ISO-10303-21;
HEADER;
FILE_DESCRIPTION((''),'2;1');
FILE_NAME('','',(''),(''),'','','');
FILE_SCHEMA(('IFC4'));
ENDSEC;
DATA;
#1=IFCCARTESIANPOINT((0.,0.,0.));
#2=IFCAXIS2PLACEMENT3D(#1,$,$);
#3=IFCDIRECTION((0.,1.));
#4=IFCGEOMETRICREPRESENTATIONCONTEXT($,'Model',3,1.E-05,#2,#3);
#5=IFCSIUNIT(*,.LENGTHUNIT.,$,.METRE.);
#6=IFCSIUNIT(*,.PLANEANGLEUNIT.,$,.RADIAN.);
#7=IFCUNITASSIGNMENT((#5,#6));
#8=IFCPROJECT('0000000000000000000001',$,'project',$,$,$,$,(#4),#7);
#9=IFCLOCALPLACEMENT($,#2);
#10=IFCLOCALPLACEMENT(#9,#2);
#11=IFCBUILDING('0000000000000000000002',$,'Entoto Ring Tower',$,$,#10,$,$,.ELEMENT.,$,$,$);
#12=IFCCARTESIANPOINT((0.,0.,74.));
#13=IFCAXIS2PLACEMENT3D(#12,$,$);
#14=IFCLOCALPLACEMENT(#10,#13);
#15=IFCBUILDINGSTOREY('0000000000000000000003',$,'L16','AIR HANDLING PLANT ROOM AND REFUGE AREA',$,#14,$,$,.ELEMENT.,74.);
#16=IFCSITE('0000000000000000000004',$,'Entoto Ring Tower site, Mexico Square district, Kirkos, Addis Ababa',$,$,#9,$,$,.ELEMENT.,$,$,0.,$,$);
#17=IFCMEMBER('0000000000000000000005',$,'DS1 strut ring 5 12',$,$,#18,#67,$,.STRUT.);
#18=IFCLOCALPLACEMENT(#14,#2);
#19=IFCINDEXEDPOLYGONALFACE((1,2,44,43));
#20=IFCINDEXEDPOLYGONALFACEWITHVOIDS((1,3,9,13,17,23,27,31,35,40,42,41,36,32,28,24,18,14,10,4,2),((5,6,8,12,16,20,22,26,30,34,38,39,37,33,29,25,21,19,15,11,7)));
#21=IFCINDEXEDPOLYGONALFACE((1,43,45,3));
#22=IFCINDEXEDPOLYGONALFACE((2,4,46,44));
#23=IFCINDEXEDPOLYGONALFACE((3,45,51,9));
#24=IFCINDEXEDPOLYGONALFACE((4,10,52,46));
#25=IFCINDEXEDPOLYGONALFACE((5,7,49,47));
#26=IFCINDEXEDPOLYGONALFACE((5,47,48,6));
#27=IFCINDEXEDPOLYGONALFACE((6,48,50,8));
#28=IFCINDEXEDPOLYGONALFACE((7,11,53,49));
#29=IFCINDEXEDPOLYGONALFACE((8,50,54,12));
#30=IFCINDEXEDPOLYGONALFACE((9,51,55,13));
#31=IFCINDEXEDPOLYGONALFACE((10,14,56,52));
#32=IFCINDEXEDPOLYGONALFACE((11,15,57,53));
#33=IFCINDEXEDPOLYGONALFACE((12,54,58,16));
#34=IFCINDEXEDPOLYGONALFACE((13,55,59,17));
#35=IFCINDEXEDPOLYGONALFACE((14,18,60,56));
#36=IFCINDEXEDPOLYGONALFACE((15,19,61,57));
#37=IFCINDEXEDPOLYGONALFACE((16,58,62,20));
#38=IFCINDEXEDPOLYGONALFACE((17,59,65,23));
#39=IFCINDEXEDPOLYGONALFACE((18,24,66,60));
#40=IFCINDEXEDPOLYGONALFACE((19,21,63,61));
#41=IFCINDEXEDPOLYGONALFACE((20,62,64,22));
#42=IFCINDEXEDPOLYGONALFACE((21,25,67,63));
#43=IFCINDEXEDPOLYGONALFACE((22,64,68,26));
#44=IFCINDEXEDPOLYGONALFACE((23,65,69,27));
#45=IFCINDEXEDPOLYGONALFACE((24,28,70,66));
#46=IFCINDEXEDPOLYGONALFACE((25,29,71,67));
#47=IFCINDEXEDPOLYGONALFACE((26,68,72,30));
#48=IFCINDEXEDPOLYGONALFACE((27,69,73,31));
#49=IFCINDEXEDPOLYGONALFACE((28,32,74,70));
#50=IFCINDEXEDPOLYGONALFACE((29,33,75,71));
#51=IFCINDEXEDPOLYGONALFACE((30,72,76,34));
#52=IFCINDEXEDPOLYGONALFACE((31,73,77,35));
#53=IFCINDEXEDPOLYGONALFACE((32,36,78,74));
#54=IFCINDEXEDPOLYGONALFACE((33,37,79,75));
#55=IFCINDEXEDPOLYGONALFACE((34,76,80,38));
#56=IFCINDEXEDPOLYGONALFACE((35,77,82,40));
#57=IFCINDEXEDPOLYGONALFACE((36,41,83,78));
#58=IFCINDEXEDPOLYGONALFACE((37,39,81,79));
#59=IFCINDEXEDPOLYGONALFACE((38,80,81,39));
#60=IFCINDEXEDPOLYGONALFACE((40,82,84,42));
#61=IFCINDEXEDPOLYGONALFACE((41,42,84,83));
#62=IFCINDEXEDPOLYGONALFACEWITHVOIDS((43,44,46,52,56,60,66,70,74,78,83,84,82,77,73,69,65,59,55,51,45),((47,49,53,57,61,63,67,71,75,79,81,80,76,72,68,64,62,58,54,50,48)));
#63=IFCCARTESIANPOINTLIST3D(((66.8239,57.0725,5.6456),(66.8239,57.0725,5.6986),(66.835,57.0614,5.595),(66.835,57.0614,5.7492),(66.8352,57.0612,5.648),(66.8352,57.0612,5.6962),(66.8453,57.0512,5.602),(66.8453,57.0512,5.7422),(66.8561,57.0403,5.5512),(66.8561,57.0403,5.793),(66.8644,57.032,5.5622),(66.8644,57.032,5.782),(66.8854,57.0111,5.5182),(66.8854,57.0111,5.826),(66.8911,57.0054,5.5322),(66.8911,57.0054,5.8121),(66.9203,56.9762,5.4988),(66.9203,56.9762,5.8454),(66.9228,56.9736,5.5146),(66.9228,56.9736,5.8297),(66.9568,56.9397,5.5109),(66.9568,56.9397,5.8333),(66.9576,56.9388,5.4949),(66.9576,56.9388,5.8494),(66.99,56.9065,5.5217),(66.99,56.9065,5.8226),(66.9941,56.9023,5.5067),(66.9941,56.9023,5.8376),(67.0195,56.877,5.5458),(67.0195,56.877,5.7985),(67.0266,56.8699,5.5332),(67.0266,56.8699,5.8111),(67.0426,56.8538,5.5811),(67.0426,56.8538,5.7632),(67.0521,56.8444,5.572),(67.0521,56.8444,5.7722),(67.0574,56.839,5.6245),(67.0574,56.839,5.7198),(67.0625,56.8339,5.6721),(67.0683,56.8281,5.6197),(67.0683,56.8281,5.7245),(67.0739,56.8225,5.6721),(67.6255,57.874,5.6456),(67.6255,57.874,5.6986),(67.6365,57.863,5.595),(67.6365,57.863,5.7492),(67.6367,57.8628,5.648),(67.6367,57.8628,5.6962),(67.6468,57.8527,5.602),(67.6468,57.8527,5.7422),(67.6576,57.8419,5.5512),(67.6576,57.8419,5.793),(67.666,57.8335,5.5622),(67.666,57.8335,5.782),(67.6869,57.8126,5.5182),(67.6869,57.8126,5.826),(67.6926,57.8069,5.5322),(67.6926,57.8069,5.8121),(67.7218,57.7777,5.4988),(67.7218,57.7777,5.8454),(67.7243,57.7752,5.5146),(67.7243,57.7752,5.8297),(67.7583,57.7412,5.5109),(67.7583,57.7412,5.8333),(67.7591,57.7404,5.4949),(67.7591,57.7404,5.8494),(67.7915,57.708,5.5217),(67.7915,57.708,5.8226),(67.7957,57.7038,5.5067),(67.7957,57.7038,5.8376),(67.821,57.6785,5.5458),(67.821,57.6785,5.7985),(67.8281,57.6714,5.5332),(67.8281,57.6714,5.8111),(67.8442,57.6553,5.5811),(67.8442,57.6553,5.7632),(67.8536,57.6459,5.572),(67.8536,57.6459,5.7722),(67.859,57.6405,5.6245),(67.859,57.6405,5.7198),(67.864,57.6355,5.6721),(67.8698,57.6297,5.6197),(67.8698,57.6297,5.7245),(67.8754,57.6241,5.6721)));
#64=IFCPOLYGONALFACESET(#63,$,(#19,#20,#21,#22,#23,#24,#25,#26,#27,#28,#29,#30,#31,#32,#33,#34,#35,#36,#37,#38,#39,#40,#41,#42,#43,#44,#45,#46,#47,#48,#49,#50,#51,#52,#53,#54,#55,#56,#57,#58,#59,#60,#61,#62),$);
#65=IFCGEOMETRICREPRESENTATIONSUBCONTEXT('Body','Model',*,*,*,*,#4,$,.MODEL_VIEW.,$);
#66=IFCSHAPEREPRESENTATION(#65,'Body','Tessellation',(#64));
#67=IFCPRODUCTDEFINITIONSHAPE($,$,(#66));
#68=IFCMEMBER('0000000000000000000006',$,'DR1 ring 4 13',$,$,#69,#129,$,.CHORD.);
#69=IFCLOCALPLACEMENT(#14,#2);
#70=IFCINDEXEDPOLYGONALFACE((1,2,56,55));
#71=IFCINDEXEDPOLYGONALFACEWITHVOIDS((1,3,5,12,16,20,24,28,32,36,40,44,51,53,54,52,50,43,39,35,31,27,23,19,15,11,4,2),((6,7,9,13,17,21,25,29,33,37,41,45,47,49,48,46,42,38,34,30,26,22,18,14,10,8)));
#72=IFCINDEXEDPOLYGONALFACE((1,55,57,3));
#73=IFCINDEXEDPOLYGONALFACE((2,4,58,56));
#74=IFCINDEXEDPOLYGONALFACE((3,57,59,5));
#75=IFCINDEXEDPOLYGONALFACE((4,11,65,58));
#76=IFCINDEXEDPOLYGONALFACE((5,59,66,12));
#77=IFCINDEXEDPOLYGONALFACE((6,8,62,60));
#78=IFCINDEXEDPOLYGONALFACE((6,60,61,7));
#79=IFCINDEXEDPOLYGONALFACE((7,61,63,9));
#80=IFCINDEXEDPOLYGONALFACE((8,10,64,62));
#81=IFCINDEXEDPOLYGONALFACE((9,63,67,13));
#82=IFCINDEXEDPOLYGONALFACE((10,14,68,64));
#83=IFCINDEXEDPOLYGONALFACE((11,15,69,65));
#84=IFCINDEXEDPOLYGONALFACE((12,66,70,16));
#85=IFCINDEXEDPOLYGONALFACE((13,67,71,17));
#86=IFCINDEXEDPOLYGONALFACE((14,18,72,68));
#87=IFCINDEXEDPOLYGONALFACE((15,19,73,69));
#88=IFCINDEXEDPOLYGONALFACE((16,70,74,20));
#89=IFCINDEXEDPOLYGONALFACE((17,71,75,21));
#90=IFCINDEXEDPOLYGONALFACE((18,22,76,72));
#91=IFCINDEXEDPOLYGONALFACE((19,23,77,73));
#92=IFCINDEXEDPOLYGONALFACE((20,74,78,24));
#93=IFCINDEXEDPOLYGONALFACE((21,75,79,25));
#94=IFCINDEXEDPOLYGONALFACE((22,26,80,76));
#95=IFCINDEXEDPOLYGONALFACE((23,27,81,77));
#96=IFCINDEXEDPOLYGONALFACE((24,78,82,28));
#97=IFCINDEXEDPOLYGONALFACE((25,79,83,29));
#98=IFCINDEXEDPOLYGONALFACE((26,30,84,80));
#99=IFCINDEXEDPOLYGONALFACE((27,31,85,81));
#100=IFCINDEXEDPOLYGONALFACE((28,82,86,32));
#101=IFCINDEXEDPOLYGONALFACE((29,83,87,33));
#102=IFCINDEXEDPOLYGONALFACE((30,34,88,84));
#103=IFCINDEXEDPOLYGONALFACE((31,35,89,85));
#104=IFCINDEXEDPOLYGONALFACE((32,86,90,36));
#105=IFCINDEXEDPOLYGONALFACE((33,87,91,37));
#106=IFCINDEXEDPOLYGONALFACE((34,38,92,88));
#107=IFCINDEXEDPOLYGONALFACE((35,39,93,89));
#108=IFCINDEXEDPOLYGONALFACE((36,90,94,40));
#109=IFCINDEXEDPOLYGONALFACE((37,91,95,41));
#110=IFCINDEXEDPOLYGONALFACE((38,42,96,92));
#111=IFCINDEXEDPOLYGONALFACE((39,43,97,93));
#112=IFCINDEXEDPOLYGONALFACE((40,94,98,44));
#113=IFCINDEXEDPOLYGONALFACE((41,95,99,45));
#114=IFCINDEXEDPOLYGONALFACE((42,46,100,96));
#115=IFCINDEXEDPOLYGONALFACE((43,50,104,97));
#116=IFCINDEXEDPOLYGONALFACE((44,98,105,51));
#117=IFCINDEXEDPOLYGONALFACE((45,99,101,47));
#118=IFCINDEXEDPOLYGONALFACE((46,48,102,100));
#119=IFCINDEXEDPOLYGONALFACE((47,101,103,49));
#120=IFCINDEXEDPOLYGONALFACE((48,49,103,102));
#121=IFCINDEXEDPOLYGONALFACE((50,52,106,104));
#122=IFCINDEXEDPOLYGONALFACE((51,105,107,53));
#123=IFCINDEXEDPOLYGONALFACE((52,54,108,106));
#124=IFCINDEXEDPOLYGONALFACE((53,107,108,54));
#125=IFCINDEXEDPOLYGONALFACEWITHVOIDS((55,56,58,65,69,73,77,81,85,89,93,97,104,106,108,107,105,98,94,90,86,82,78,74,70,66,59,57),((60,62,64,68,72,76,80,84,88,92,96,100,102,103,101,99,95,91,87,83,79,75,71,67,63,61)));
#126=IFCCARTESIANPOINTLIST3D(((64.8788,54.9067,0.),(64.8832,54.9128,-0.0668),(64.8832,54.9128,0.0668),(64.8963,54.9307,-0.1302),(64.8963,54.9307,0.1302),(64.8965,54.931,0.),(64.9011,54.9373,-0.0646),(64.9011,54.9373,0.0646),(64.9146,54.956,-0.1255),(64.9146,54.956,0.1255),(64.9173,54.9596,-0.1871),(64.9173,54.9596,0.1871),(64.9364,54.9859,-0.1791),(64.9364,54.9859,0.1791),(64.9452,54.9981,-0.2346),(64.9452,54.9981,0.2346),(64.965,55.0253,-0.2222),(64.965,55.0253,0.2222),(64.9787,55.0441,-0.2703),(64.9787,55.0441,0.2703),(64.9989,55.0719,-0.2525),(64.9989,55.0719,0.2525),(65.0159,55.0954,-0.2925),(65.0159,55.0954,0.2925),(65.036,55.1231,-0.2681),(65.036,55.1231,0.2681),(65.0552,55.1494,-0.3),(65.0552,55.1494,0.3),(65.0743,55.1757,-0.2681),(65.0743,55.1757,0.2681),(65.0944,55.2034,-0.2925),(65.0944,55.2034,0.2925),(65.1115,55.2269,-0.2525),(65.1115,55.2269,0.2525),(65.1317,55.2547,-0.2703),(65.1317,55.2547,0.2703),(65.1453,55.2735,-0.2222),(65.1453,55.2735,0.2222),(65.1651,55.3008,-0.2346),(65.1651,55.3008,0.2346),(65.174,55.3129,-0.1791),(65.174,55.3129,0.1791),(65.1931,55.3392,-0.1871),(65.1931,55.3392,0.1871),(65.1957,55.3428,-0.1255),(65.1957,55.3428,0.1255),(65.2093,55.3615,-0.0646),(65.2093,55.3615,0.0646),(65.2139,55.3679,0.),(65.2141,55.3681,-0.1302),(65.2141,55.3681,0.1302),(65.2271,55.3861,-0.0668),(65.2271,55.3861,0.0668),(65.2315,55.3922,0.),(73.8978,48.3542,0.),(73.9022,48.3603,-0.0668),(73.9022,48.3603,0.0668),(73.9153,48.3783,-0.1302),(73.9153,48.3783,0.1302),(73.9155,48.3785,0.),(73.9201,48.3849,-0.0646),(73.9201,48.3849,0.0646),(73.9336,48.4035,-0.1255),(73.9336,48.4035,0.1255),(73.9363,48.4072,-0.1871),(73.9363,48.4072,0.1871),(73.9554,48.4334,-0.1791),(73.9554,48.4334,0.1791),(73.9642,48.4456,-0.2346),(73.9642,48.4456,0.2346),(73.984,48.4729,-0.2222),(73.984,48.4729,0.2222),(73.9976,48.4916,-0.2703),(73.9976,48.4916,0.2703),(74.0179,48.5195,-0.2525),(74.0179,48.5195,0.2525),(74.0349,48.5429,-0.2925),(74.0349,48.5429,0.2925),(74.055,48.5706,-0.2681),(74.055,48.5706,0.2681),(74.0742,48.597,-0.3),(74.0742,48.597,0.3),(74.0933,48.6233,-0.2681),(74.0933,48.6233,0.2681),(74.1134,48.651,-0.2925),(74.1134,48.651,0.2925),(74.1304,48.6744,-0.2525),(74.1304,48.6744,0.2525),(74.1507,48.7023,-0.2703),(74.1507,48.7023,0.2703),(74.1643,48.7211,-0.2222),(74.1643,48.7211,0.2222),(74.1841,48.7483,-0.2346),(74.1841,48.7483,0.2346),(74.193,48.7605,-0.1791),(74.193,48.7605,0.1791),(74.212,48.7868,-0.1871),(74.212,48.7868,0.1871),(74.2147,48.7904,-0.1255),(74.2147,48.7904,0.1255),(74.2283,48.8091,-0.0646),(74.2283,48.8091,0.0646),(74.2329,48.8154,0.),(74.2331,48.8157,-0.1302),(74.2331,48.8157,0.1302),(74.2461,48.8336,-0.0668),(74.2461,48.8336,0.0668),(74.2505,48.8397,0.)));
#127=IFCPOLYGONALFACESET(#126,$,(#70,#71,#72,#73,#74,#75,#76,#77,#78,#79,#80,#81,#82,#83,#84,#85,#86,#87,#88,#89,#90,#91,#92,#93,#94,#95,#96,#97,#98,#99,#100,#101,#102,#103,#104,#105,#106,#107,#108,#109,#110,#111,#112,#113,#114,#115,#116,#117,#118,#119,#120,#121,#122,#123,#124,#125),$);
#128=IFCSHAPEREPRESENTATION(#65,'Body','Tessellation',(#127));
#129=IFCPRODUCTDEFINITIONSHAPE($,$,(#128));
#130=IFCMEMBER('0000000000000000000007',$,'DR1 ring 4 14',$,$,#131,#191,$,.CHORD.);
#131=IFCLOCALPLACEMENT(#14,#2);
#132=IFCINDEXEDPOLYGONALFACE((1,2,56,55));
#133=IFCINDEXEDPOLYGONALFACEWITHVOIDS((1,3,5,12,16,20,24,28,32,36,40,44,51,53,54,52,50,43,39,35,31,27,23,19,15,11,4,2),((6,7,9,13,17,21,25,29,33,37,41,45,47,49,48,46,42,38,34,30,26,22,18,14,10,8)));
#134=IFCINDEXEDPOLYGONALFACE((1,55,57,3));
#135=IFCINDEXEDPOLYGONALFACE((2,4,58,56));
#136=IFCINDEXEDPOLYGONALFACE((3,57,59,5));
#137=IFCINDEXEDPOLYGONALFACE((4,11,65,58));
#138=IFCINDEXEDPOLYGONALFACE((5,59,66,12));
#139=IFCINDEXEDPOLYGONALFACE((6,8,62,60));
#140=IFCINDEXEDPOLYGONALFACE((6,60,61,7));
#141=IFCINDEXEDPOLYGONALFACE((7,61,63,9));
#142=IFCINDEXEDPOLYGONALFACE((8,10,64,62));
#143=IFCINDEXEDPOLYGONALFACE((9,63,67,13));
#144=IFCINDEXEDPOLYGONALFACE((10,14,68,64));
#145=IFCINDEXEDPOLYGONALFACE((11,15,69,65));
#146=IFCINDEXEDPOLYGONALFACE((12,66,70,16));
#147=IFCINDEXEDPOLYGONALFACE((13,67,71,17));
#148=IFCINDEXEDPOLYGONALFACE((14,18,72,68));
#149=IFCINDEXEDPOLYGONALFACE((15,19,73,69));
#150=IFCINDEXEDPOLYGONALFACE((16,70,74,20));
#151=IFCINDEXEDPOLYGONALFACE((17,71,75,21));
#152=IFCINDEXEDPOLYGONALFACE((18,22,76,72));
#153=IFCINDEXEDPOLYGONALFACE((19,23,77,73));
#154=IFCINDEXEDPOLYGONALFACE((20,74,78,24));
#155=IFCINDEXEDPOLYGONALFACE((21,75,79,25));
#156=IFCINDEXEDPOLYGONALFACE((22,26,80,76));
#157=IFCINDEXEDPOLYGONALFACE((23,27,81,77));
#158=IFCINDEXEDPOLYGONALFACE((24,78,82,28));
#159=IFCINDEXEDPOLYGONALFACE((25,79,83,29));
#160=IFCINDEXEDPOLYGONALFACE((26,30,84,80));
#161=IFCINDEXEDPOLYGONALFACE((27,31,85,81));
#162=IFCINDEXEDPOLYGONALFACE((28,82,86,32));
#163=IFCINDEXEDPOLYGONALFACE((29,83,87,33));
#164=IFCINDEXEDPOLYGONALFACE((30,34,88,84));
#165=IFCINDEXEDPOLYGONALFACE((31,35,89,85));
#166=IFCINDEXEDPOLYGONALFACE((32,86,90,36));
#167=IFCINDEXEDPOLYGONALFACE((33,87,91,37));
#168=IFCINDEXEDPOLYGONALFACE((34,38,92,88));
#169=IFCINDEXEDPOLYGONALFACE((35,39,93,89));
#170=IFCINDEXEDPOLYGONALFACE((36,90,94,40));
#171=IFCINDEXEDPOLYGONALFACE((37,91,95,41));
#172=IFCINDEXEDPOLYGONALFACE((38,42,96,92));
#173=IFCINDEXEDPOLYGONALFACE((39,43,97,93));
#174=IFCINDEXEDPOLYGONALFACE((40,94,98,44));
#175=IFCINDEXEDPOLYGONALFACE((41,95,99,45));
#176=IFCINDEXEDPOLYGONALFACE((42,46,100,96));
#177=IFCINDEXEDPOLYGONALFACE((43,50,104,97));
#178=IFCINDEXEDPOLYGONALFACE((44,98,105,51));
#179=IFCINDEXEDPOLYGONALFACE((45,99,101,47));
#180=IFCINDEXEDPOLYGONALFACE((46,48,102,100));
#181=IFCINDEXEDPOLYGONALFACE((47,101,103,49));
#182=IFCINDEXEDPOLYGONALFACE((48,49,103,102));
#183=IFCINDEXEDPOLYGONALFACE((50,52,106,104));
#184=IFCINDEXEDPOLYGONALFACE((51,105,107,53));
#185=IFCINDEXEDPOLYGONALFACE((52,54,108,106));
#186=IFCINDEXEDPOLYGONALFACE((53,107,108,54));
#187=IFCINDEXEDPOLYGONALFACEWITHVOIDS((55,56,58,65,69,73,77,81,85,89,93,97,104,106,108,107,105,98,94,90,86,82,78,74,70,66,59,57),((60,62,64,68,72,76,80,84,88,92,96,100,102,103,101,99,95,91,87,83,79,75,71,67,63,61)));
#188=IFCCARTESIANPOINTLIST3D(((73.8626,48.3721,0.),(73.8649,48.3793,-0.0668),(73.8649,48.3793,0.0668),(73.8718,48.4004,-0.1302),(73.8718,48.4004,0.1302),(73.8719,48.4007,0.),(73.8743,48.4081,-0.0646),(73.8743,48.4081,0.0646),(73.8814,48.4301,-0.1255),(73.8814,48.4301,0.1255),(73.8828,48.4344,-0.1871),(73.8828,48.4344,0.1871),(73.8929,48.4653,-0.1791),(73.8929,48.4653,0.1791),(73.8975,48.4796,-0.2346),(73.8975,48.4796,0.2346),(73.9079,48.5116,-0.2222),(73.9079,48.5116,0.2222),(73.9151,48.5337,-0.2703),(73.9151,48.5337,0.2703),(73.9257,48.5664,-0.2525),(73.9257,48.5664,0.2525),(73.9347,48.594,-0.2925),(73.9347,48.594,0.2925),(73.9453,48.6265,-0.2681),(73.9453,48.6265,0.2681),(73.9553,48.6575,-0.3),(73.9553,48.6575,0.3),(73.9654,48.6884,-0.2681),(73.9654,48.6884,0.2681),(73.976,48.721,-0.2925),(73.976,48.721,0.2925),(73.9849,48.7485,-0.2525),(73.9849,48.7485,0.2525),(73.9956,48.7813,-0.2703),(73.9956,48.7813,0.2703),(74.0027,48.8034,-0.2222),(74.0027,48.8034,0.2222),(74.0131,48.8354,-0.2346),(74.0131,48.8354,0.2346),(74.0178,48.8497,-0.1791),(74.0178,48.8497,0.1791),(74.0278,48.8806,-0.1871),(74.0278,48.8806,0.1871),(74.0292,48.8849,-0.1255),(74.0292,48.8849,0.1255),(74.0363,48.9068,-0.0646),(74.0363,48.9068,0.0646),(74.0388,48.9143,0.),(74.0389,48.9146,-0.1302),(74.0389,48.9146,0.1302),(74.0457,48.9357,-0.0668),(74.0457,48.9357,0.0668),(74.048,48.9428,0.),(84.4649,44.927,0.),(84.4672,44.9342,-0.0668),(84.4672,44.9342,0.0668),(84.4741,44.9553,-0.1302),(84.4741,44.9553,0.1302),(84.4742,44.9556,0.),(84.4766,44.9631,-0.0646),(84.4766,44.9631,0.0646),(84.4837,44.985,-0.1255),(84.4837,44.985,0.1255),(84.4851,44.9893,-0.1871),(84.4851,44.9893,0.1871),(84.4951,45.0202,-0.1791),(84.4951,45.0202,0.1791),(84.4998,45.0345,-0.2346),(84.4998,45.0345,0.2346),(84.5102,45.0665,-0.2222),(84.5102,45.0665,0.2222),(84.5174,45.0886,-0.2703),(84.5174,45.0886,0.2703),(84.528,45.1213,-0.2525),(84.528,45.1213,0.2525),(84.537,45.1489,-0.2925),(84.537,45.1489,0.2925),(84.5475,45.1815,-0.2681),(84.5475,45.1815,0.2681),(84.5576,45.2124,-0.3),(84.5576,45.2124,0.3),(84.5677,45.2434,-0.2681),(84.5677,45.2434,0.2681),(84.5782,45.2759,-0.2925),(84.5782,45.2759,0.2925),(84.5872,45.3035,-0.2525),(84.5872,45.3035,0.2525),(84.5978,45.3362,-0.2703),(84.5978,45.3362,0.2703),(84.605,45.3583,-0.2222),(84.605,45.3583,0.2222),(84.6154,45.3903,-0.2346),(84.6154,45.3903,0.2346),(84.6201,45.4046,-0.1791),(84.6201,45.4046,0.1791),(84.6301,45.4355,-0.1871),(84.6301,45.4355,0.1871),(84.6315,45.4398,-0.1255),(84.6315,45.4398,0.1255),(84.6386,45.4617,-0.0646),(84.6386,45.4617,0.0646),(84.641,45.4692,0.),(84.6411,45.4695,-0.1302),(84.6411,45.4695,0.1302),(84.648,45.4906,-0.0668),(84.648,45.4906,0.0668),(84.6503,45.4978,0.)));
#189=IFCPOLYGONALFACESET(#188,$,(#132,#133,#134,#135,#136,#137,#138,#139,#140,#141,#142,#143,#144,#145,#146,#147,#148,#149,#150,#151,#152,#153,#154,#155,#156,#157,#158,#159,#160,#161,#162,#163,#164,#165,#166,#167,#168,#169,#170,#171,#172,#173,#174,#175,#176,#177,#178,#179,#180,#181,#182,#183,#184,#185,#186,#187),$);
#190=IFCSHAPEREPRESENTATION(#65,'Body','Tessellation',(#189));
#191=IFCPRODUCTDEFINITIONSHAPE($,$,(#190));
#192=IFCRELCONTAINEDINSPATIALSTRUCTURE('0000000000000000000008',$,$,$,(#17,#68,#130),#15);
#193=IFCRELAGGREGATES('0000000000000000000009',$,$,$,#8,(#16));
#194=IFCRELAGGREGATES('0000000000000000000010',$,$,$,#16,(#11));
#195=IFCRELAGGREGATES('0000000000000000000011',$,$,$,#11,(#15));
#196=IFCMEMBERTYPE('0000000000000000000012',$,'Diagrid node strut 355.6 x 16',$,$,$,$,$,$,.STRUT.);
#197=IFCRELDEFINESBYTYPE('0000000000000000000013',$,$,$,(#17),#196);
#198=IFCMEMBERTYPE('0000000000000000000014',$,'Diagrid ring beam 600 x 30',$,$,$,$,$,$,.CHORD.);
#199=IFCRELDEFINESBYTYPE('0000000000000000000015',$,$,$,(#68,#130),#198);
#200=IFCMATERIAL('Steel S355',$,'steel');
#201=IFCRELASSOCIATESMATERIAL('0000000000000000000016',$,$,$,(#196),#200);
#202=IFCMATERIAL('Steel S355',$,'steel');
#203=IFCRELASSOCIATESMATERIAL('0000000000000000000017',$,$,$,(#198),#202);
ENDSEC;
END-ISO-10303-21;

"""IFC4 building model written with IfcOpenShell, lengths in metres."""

from ifc_helpers import new_model, si_unit, direction, frame, origin, origin_2d, place, context, subcontext, project, spatial, circle, hollow_circle, extrude, material, material_profile, profile_set, type_object, element, save


model = new_model("IFC4")

# Units and contexts
model_context = context("Model", 3, precision=1e-05, world=origin(), true_north=direction((0.0, 1.0)))
body_context = subcontext(model_context, "Body", "Model", "MODEL_VIEW")
ifc_project = project(units=[si_unit("LENGTHUNIT", "METRE"), si_unit("PLANEANGLEUNIT", "RADIAN")], contexts=[model_context])

# Site, building, storey
site_placement = place(None, origin())
site = spatial("IfcSite", under=ifc_project, at=site_placement, Name="Entoto Ring Tower site, Mexico Square district, Kirkos, Addis Ababa", CompositionType="ELEMENT", RefElevation=0.0)
building_placement = place(site_placement, origin())
building = spatial("IfcBuilding", under=site, at=building_placement, Name="Entoto Ring Tower", CompositionType="ELEMENT")
storey_placement = place(building_placement, frame((0.0, 0.0, 74.0)))
storey = spatial("IfcBuildingStorey", under=building, at=storey_placement, Name="L16", Description="AIR HANDLING PLANT ROOM AND REFUGE AREA", CompositionType="ELEMENT", Elevation=74.0)

# Members
ifc_material_1 = material(Name="Steel S355", Category="steel")
ifc_material_profile_1 = material_profile(ifc_material_1, hollow_circle(Radius=0.1777, WallThickness=0.0161, at=origin_2d()), Name="CHS 355.6 x 16")
ifc_material_2 = material(Name="Concrete C60/75", Category="concrete")
ifc_material_profile_2 = material_profile(ifc_material_2, circle(Radius=0.1619, at=origin_2d()), Name="Concrete C60/75 infill")
ifc_profile_set_1 = profile_set([ifc_material_profile_1, ifc_material_profile_2], Name="Steel S355")
member_type_1 = type_object("IfcMemberType", Name="Diagrid node strut 355.6 x 16", PredefinedType="STRUT", material=ifc_profile_set_1)
member_1_placement = place(storey_placement, frame((67.7498, 57.7498, 5.6721), z_axis=(-0.707107, -0.707107, 0.0), x_axis=(0.707107, -0.707107, 0.0)))
element("IfcMember", 1, at=member_1_placement, inside=storey, type_object=member_type_1, Name="DS1 strut ring 5 12", PredefinedType="STRUT", context=body_context, shape_type="SweptSolid", body=[
    extrude(hollow_circle(Radius=0.1777, WallThickness=0.0161, at=origin_2d()), origin(), (0.0, 0.0, 1.0), 1.1335),
])
ifc_material_3 = material(Name="Steel S355", Category="steel")
ifc_material_profile_3 = material_profile(ifc_material_3, hollow_circle(Radius=0.3, WallThickness=0.03, at=origin_2d()), Name="CHS 600 x 30")
ifc_material_4 = material(Name="Concrete C60/75", Category="concrete")
ifc_material_profile_4 = material_profile(ifc_material_4, circle(Radius=0.27, at=origin_2d()), Name="Concrete C60/75 infill")
ifc_profile_set_2 = profile_set([ifc_material_profile_3, ifc_material_profile_4], Name="Steel S355")
member_type_2 = type_object("IfcMemberType", Name="Diagrid ring beam 600 x 30", PredefinedType="CHORD", material=ifc_profile_set_2)
for number, where, z_axis, x_axis, name in (
    (2, (65.0552, 55.1494, 0.0), (0.809027, -0.587772, 0.0), (0.587772, 0.809027, 0.0), "DR1 ring 4 13"),
    (3, (73.9553, 48.6575, 0.0), (0.951052, -0.309031, 0.0), (0.309031, 0.951052, 0.0), "DR1 ring 4 14"),
):
    element("IfcMember", number, at=place(storey_placement, frame(where, z_axis=z_axis, x_axis=x_axis)), inside=storey, type_object=member_type_2, Name=name, PredefinedType="CHORD", context=body_context, shape_type="SweptSolid", body=[
        extrude(hollow_circle(Radius=0.3, WallThickness=0.03, at=origin_2d()), origin(), (0.0, 0.0, 1.0), 11.1479),
    ])

save(model, "model.ifc")
